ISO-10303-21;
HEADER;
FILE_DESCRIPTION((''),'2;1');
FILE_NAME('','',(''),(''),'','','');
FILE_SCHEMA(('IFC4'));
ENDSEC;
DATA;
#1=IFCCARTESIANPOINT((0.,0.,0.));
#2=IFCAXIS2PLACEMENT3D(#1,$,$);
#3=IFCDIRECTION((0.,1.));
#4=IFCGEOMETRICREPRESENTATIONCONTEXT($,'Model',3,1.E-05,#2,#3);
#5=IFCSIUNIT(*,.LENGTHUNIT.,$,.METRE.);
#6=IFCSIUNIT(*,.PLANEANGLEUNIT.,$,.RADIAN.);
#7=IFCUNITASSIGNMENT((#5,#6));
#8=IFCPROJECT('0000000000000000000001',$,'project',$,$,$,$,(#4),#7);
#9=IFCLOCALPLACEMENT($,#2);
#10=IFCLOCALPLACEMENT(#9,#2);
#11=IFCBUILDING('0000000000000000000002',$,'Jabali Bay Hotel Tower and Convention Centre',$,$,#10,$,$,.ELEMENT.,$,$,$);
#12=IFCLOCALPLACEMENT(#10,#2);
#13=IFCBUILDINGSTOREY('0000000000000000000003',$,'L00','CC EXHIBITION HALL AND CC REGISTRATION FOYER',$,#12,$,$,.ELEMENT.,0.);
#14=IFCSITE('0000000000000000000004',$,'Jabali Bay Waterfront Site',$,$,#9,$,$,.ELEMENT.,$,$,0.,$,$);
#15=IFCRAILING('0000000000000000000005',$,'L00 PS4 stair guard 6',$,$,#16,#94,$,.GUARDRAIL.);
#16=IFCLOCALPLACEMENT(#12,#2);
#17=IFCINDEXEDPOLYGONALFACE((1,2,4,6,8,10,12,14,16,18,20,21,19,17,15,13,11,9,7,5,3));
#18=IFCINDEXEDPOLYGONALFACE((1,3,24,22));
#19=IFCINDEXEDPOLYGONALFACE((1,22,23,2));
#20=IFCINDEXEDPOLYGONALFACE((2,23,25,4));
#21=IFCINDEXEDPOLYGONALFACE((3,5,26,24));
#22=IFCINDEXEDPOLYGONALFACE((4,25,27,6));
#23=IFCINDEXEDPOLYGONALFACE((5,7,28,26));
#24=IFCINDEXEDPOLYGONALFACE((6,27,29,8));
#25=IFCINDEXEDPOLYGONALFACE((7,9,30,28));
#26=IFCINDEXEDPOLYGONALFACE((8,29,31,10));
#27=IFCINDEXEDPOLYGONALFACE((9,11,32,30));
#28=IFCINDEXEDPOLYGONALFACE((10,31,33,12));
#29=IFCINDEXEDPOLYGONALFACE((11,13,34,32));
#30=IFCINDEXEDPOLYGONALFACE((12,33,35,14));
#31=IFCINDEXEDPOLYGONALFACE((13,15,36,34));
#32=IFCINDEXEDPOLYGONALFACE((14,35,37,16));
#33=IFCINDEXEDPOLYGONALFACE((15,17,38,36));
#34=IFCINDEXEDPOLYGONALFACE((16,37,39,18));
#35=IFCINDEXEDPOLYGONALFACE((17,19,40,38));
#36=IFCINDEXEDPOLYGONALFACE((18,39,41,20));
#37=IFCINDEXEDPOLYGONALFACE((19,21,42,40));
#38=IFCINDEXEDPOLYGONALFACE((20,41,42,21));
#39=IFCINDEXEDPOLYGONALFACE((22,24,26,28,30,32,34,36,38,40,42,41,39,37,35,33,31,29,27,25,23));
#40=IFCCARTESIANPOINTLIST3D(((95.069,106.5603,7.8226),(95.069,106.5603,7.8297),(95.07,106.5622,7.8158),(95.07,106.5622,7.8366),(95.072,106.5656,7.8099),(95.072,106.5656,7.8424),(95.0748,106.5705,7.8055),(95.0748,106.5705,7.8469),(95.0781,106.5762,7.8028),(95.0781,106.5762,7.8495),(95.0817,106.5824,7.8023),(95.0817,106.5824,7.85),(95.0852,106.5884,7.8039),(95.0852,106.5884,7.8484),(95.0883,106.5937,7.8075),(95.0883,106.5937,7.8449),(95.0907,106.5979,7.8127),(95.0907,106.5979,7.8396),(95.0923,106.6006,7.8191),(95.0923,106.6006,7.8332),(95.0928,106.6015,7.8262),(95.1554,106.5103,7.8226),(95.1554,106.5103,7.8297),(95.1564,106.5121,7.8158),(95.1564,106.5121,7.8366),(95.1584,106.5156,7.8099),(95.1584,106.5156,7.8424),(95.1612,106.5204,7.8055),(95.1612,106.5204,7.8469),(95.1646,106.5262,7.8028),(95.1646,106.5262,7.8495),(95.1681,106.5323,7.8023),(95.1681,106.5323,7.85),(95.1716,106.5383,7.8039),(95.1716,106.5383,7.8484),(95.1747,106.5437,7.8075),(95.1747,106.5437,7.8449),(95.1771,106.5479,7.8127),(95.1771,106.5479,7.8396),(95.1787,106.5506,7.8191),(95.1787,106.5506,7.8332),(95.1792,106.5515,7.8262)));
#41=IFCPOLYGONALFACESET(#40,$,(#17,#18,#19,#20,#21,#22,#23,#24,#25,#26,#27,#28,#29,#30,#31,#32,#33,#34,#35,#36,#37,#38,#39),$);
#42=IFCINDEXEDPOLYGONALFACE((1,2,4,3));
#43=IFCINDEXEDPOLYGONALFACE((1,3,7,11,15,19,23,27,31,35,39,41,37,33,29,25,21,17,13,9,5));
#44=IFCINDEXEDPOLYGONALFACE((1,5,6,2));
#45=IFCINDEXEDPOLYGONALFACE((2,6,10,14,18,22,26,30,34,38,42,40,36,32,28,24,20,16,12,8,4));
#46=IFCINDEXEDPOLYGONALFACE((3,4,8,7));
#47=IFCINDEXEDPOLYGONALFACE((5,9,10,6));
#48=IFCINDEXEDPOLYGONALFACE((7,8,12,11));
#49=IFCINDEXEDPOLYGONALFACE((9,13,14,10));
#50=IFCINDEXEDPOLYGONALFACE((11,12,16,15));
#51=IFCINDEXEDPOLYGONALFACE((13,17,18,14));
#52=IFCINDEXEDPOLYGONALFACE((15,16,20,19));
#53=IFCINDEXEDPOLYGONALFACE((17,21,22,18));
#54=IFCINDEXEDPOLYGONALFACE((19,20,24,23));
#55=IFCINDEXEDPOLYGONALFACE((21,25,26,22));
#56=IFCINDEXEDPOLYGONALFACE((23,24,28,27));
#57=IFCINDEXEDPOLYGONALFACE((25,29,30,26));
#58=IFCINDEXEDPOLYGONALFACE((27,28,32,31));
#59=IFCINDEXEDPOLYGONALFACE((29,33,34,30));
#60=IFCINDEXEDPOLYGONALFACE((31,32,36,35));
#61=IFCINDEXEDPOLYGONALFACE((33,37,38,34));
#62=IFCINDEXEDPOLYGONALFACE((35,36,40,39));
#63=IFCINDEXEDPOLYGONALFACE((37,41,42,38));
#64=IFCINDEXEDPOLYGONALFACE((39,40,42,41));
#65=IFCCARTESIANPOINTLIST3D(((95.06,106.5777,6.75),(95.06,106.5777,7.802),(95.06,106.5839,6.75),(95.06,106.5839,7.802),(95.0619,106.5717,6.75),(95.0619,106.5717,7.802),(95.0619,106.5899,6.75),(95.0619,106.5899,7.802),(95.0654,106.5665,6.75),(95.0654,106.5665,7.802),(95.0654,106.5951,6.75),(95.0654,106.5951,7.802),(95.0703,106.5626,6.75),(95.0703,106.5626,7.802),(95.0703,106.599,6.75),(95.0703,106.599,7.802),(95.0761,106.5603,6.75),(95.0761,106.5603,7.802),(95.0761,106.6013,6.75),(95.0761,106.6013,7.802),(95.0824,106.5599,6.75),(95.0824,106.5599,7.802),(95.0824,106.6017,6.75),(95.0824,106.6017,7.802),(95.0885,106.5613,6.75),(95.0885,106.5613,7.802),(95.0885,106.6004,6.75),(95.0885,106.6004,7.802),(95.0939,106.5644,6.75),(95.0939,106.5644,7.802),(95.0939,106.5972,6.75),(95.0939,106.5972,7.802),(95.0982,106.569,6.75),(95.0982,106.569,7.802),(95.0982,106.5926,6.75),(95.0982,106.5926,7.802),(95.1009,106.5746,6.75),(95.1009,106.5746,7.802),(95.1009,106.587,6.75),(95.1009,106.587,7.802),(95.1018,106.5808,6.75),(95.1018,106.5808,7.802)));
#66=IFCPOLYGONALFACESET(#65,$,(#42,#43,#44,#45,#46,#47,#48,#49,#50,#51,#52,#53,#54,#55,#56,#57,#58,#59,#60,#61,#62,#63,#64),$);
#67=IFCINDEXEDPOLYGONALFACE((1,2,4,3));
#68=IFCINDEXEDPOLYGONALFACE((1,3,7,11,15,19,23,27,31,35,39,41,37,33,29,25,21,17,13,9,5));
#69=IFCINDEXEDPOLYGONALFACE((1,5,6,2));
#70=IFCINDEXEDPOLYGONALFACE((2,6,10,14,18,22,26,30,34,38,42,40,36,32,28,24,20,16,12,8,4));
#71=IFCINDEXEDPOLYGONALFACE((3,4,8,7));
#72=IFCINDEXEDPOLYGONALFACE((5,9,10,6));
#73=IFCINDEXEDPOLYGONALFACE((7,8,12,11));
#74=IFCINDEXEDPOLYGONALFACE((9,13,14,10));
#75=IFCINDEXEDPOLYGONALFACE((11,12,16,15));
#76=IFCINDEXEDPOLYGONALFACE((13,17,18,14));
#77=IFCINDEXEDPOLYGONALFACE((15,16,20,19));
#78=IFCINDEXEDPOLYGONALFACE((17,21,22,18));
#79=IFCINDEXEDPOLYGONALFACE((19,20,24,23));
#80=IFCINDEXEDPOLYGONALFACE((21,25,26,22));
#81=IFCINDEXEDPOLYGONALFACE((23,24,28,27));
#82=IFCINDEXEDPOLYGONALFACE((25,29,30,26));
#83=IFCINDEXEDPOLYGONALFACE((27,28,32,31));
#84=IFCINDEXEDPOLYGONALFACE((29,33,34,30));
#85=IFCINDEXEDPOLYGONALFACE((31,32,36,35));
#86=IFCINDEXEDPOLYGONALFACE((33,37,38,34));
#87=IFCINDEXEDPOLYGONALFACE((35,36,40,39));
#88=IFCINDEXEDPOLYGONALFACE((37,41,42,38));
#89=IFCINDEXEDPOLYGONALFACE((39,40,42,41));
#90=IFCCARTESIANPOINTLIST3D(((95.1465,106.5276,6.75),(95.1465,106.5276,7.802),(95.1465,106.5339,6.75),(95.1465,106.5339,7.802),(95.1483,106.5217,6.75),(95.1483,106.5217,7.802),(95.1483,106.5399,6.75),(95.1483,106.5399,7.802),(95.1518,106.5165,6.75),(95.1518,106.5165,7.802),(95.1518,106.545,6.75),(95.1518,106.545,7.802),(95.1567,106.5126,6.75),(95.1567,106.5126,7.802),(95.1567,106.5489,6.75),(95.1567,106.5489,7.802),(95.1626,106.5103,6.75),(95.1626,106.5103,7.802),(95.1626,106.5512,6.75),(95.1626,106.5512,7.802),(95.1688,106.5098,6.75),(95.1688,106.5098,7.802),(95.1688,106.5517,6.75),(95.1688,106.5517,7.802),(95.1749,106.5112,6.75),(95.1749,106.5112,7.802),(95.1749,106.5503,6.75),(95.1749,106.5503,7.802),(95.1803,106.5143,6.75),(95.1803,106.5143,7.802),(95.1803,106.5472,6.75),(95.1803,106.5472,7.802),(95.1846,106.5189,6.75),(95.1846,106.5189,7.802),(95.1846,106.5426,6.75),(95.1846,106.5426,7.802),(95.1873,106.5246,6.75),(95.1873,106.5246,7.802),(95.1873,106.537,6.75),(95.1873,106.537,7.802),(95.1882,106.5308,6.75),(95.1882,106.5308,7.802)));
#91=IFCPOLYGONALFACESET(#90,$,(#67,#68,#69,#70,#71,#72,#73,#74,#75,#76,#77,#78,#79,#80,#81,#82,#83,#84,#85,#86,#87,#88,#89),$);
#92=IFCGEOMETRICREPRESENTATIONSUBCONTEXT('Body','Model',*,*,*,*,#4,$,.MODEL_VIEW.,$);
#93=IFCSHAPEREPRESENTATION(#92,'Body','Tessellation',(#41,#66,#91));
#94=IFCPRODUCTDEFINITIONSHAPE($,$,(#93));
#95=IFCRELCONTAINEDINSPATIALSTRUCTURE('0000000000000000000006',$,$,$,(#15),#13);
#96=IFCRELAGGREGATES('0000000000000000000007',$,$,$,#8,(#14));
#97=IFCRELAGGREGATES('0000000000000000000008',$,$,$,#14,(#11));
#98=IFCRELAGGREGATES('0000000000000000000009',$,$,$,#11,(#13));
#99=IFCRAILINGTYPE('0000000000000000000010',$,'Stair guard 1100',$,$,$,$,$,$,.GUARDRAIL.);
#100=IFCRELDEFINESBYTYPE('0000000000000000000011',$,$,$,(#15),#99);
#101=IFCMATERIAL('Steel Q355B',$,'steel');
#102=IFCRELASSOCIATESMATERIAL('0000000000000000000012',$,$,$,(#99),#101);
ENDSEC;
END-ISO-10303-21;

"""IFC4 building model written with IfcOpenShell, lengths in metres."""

from ifc_helpers import new_model, si_unit, direction, frame, origin, origin_2d, place, context, subcontext, project, spatial, circle, extrude, material, type_object, element, save


model = new_model("IFC4")

# Units and contexts
model_context = context("Model", 3, precision=1e-05, world=origin(), true_north=direction((0.0, 1.0)))
body_context = subcontext(model_context, "Body", "Model", "MODEL_VIEW")
ifc_project = project(units=[si_unit("LENGTHUNIT", "METRE"), si_unit("PLANEANGLEUNIT", "RADIAN")], contexts=[model_context])

# Site, building, storey
site_placement = place(None, origin())
site = spatial("IfcSite", under=ifc_project, at=site_placement, Name="Jabali Bay Waterfront Site", CompositionType="ELEMENT", RefElevation=0.0)
building_placement = place(site_placement, origin())
building = spatial("IfcBuilding", under=site, at=building_placement, Name="Jabali Bay Hotel Tower and Convention Centre", CompositionType="ELEMENT")
storey_placement = place(building_placement, origin())
storey = spatial("IfcBuildingStorey", under=building, at=storey_placement, Name="L00", Description="CC EXHIBITION HALL AND CC REGISTRATION FOYER", CompositionType="ELEMENT", Elevation=0.0)

# Railing
ifc_material_1 = material(Name="Steel Q355B", Category="steel")
railing_type_1 = type_object("IfcRailingType", Name="Stair guard 1100", PredefinedType="GUARDRAIL", material=ifc_material_1)
railing_1_placement = place(storey_placement, frame((95.0808, 106.5808, 6.75)))
element("IfcRailing", 1, at=railing_1_placement, inside=storey, type_object=railing_type_1, Name="L00 PS4 stair guard 6", PredefinedType="GUARDRAIL", context=body_context, shape_type="SweptSolid", body=[
    extrude(circle(Radius=0.0239, at=origin_2d()), frame((0.0, 0.0, 1.0762), z_axis=(0.86537, -0.501133, 0.0), x_axis=(0.501133, 0.86537, 0.0)), (0.0, 0.0, 1.0), 0.0999),
    extrude(circle(Radius=0.021, at=origin_2d()), origin(), (0.0, 0.0, 1.0), 1.052),
    extrude(circle(Radius=0.021, at=origin_2d()), frame((0.0864, -0.05, 0.0)), (0.0, 0.0, 1.0), 1.052),
])

save(model, "model.ifc")
